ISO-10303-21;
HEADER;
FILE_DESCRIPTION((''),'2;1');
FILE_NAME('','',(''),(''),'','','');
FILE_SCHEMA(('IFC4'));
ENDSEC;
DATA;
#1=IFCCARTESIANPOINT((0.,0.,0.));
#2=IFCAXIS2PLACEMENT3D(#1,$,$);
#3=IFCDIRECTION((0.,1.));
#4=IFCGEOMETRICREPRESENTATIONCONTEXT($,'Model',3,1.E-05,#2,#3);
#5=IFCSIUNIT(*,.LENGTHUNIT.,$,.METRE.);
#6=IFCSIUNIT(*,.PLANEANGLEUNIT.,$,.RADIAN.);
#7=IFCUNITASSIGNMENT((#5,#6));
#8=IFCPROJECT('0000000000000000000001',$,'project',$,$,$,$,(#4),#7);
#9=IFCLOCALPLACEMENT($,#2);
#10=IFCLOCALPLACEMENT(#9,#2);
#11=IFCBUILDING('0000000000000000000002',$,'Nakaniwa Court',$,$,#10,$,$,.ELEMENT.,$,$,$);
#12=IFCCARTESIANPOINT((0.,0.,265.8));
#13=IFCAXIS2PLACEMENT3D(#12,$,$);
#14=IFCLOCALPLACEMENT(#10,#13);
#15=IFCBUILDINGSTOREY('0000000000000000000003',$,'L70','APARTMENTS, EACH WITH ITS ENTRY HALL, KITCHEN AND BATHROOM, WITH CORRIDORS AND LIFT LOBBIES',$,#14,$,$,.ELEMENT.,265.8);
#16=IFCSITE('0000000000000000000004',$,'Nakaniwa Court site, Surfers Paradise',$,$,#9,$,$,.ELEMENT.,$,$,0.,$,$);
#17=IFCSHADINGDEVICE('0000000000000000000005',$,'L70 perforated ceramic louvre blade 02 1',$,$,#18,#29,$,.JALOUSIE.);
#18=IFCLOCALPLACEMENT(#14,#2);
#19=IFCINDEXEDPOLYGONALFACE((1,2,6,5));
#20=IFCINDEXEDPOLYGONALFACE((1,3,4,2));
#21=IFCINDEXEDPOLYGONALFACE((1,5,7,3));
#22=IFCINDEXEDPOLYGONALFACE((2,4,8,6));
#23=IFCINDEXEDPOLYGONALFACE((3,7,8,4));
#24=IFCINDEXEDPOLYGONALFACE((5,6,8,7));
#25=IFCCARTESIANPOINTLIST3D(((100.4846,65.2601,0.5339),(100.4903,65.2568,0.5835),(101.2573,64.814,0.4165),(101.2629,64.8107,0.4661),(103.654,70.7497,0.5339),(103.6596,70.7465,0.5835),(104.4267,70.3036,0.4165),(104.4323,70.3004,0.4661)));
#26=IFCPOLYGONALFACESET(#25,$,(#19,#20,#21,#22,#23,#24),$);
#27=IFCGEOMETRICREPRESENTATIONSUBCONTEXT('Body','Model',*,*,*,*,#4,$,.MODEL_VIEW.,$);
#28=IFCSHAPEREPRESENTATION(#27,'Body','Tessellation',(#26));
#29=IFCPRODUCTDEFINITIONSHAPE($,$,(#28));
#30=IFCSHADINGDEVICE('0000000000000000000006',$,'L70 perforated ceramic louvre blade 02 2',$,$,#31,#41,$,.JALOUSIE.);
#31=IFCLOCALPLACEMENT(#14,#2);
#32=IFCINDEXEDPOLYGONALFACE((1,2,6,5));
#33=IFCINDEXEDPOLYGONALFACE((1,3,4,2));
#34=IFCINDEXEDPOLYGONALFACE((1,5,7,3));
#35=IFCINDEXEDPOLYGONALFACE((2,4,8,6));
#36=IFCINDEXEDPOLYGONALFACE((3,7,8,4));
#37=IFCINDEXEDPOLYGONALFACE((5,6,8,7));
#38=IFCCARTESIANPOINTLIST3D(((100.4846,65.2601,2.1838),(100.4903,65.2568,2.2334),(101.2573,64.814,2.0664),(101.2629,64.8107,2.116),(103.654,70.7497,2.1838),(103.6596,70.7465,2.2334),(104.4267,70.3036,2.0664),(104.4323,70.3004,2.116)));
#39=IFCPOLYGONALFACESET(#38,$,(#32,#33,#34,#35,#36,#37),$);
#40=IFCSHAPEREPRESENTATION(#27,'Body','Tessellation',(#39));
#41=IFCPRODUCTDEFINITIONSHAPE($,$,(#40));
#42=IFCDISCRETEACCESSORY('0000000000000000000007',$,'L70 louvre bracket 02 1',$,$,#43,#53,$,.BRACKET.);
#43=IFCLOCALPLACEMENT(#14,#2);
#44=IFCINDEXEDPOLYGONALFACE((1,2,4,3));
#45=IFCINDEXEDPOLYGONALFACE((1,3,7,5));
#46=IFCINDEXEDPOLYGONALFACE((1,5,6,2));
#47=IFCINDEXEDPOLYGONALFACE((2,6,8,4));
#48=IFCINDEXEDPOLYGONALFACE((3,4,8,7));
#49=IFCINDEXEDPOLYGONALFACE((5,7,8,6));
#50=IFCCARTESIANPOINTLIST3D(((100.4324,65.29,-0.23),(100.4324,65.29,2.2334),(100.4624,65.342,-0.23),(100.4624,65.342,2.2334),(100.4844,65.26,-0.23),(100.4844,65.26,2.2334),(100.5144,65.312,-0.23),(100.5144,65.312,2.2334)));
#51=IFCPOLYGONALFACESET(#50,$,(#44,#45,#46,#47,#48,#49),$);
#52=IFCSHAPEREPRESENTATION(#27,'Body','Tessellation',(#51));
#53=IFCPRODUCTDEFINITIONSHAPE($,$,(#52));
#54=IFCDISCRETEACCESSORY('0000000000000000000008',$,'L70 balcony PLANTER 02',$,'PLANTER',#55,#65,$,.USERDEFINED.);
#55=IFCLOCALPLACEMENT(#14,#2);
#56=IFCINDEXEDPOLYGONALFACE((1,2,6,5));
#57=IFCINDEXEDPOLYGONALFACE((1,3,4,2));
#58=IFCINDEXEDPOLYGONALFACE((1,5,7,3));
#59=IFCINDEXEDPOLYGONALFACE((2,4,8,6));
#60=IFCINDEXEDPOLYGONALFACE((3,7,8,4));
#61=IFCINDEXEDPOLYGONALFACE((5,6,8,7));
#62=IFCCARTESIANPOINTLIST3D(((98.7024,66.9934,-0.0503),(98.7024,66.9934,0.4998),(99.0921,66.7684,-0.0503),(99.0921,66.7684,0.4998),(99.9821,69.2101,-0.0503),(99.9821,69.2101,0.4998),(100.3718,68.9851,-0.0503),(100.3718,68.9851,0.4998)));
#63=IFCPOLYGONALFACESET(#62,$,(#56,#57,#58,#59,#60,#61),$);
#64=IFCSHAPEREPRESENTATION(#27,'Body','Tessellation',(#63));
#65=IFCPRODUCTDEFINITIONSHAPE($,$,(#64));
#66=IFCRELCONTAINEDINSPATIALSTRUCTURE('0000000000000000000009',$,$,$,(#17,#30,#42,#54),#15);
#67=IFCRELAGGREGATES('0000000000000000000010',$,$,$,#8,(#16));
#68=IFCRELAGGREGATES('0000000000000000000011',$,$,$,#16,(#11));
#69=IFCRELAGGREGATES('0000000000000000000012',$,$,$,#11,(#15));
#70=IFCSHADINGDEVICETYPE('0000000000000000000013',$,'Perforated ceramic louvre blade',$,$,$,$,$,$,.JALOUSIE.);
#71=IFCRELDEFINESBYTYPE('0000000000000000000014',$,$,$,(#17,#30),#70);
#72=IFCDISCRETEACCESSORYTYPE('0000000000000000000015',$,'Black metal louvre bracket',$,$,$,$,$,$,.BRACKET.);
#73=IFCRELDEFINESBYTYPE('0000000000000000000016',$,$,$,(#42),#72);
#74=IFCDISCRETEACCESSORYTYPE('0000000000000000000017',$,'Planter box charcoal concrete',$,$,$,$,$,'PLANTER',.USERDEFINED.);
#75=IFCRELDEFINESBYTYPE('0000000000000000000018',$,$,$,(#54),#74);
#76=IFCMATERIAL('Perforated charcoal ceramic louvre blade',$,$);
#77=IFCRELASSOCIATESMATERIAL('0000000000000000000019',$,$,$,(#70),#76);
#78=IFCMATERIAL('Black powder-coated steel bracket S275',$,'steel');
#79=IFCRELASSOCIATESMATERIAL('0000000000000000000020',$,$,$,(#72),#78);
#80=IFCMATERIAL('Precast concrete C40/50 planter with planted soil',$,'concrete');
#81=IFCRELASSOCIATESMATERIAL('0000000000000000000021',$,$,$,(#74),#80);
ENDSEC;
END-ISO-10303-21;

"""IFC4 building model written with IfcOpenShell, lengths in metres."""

from ifc_helpers import new_model, si_unit, direction, frame, origin, origin_2d, place, context, subcontext, project, spatial, rectangle, extrude, material, material_profile, profile_set, type_object, element, save


model = new_model("IFC4")

# Units and contexts
model_context = context("Model", 3, precision=1e-05, world=origin(), true_north=direction((0.0, 1.0)))
body_context = subcontext(model_context, "Body", "Model", "MODEL_VIEW")
ifc_project = project(units=[si_unit("LENGTHUNIT", "METRE"), si_unit("PLANEANGLEUNIT", "RADIAN")], contexts=[model_context])

# Site, building, storey
site_placement = place(None, origin())
site = spatial("IfcSite", under=ifc_project, at=site_placement, Name="Nakaniwa Court site, Surfers Paradise", CompositionType="ELEMENT", RefElevation=0.0)
building_placement = place(site_placement, origin())
building = spatial("IfcBuilding", under=site, at=building_placement, Name="Nakaniwa Court", CompositionType="ELEMENT")
storey_placement = place(building_placement, frame((0.0, 0.0, 265.8)))
storey = spatial("IfcBuildingStorey", under=building, at=storey_placement, Name="L70", Description="APARTMENTS, EACH WITH ITS ENTRY HALL, KITCHEN AND BATHROOM, WITH CORRIDORS AND LIFT LOBBIES", CompositionType="ELEMENT", Elevation=265.8)

# Shading devices
ifc_material_1 = material(Name="Perforated charcoal ceramic louvre blade")
ifc_material_profile_1 = material_profile(ifc_material_1, rectangle(XDim=0.8999, YDim=0.05, at=origin_2d()), Name="Perforated ceramic louvre blade")
ifc_profile_set_1 = profile_set([ifc_material_profile_1], Name="Perforated charcoal ceramic louvre blade")
shading_device_type_1 = type_object("IfcShadingDeviceType", Name="Perforated ceramic louvre blade", PredefinedType="JALOUSIE", material=ifc_profile_set_1)
for number, where, z_axis, x_axis, name in (
    (1, (100.8738, 65.0354, 0.5), (0.499991, 0.86603, 0.0), (-0.858621, 0.495714, 0.130526), "L70 perforated ceramic louvre blade 02 1"),
    (2, (100.8738, 65.0354, 2.1499), (0.499991, 0.86603, 0.0), (-0.858621, 0.495714, 0.130526), "L70 perforated ceramic louvre blade 02 2"),
):
    element("IfcShadingDevice", number, at=place(storey_placement, frame(where, z_axis=z_axis, x_axis=x_axis)), inside=storey, type_object=shading_device_type_1, Name=name, PredefinedType="JALOUSIE", context=body_context, shape_type="SweptSolid", body=[
        extrude(rectangle(XDim=0.8999, YDim=0.05, at=origin_2d()), origin(), (0.0, 0.0, 1.0), 6.3389),
    ])

# Discrete accessories
ifc_material_2 = material(Name="Black powder-coated steel bracket S275", Category="steel")
discrete_accessory_type_1 = type_object("IfcDiscreteAccessoryType", Name="Black metal louvre bracket", PredefinedType="BRACKET", material=ifc_material_2)
discrete_accessory_1_placement = place(storey_placement, frame((100.4734, 65.301, -0.23), z_axis=(0.0, 0.0, 1.0), x_axis=(0.499986, 0.866033, 0.0)))
element("IfcDiscreteAccessory", 3, at=discrete_accessory_1_placement, inside=storey, type_object=discrete_accessory_type_1, Name="L70 louvre bracket 02 1", PredefinedType="BRACKET", context=body_context, shape_type="SweptSolid", body=[
    extrude(rectangle(XDim=0.0601, YDim=0.0601, at=origin_2d()), origin(), (0.0, 0.0, 1.0), 2.4634),
])
ifc_material_3 = material(Name="Precast concrete C40/50 planter with planted soil", Category="concrete")
discrete_accessory_type_2 = type_object("IfcDiscreteAccessoryType", Name="Planter box charcoal concrete", ElementType="PLANTER", PredefinedType="USERDEFINED", material=ifc_material_3)
discrete_accessory_2_placement = place(storey_placement, frame((99.5371, 67.9893, -0.0503), z_axis=(0.0, 0.0, 1.0), x_axis=(0.499986, 0.866033, 0.0)))
element("IfcDiscreteAccessory", 4, at=discrete_accessory_2_placement, inside=storey, type_object=discrete_accessory_type_2, Name="L70 balcony PLANTER 02", ObjectType="PLANTER", PredefinedType="USERDEFINED", context=body_context, shape_type="SweptSolid", body=[
    extrude(rectangle(XDim=2.5596, YDim=0.45, at=origin_2d()), origin(), (0.0, 0.0, 1.0), 0.55),
])

save(model, "model.ifc")
